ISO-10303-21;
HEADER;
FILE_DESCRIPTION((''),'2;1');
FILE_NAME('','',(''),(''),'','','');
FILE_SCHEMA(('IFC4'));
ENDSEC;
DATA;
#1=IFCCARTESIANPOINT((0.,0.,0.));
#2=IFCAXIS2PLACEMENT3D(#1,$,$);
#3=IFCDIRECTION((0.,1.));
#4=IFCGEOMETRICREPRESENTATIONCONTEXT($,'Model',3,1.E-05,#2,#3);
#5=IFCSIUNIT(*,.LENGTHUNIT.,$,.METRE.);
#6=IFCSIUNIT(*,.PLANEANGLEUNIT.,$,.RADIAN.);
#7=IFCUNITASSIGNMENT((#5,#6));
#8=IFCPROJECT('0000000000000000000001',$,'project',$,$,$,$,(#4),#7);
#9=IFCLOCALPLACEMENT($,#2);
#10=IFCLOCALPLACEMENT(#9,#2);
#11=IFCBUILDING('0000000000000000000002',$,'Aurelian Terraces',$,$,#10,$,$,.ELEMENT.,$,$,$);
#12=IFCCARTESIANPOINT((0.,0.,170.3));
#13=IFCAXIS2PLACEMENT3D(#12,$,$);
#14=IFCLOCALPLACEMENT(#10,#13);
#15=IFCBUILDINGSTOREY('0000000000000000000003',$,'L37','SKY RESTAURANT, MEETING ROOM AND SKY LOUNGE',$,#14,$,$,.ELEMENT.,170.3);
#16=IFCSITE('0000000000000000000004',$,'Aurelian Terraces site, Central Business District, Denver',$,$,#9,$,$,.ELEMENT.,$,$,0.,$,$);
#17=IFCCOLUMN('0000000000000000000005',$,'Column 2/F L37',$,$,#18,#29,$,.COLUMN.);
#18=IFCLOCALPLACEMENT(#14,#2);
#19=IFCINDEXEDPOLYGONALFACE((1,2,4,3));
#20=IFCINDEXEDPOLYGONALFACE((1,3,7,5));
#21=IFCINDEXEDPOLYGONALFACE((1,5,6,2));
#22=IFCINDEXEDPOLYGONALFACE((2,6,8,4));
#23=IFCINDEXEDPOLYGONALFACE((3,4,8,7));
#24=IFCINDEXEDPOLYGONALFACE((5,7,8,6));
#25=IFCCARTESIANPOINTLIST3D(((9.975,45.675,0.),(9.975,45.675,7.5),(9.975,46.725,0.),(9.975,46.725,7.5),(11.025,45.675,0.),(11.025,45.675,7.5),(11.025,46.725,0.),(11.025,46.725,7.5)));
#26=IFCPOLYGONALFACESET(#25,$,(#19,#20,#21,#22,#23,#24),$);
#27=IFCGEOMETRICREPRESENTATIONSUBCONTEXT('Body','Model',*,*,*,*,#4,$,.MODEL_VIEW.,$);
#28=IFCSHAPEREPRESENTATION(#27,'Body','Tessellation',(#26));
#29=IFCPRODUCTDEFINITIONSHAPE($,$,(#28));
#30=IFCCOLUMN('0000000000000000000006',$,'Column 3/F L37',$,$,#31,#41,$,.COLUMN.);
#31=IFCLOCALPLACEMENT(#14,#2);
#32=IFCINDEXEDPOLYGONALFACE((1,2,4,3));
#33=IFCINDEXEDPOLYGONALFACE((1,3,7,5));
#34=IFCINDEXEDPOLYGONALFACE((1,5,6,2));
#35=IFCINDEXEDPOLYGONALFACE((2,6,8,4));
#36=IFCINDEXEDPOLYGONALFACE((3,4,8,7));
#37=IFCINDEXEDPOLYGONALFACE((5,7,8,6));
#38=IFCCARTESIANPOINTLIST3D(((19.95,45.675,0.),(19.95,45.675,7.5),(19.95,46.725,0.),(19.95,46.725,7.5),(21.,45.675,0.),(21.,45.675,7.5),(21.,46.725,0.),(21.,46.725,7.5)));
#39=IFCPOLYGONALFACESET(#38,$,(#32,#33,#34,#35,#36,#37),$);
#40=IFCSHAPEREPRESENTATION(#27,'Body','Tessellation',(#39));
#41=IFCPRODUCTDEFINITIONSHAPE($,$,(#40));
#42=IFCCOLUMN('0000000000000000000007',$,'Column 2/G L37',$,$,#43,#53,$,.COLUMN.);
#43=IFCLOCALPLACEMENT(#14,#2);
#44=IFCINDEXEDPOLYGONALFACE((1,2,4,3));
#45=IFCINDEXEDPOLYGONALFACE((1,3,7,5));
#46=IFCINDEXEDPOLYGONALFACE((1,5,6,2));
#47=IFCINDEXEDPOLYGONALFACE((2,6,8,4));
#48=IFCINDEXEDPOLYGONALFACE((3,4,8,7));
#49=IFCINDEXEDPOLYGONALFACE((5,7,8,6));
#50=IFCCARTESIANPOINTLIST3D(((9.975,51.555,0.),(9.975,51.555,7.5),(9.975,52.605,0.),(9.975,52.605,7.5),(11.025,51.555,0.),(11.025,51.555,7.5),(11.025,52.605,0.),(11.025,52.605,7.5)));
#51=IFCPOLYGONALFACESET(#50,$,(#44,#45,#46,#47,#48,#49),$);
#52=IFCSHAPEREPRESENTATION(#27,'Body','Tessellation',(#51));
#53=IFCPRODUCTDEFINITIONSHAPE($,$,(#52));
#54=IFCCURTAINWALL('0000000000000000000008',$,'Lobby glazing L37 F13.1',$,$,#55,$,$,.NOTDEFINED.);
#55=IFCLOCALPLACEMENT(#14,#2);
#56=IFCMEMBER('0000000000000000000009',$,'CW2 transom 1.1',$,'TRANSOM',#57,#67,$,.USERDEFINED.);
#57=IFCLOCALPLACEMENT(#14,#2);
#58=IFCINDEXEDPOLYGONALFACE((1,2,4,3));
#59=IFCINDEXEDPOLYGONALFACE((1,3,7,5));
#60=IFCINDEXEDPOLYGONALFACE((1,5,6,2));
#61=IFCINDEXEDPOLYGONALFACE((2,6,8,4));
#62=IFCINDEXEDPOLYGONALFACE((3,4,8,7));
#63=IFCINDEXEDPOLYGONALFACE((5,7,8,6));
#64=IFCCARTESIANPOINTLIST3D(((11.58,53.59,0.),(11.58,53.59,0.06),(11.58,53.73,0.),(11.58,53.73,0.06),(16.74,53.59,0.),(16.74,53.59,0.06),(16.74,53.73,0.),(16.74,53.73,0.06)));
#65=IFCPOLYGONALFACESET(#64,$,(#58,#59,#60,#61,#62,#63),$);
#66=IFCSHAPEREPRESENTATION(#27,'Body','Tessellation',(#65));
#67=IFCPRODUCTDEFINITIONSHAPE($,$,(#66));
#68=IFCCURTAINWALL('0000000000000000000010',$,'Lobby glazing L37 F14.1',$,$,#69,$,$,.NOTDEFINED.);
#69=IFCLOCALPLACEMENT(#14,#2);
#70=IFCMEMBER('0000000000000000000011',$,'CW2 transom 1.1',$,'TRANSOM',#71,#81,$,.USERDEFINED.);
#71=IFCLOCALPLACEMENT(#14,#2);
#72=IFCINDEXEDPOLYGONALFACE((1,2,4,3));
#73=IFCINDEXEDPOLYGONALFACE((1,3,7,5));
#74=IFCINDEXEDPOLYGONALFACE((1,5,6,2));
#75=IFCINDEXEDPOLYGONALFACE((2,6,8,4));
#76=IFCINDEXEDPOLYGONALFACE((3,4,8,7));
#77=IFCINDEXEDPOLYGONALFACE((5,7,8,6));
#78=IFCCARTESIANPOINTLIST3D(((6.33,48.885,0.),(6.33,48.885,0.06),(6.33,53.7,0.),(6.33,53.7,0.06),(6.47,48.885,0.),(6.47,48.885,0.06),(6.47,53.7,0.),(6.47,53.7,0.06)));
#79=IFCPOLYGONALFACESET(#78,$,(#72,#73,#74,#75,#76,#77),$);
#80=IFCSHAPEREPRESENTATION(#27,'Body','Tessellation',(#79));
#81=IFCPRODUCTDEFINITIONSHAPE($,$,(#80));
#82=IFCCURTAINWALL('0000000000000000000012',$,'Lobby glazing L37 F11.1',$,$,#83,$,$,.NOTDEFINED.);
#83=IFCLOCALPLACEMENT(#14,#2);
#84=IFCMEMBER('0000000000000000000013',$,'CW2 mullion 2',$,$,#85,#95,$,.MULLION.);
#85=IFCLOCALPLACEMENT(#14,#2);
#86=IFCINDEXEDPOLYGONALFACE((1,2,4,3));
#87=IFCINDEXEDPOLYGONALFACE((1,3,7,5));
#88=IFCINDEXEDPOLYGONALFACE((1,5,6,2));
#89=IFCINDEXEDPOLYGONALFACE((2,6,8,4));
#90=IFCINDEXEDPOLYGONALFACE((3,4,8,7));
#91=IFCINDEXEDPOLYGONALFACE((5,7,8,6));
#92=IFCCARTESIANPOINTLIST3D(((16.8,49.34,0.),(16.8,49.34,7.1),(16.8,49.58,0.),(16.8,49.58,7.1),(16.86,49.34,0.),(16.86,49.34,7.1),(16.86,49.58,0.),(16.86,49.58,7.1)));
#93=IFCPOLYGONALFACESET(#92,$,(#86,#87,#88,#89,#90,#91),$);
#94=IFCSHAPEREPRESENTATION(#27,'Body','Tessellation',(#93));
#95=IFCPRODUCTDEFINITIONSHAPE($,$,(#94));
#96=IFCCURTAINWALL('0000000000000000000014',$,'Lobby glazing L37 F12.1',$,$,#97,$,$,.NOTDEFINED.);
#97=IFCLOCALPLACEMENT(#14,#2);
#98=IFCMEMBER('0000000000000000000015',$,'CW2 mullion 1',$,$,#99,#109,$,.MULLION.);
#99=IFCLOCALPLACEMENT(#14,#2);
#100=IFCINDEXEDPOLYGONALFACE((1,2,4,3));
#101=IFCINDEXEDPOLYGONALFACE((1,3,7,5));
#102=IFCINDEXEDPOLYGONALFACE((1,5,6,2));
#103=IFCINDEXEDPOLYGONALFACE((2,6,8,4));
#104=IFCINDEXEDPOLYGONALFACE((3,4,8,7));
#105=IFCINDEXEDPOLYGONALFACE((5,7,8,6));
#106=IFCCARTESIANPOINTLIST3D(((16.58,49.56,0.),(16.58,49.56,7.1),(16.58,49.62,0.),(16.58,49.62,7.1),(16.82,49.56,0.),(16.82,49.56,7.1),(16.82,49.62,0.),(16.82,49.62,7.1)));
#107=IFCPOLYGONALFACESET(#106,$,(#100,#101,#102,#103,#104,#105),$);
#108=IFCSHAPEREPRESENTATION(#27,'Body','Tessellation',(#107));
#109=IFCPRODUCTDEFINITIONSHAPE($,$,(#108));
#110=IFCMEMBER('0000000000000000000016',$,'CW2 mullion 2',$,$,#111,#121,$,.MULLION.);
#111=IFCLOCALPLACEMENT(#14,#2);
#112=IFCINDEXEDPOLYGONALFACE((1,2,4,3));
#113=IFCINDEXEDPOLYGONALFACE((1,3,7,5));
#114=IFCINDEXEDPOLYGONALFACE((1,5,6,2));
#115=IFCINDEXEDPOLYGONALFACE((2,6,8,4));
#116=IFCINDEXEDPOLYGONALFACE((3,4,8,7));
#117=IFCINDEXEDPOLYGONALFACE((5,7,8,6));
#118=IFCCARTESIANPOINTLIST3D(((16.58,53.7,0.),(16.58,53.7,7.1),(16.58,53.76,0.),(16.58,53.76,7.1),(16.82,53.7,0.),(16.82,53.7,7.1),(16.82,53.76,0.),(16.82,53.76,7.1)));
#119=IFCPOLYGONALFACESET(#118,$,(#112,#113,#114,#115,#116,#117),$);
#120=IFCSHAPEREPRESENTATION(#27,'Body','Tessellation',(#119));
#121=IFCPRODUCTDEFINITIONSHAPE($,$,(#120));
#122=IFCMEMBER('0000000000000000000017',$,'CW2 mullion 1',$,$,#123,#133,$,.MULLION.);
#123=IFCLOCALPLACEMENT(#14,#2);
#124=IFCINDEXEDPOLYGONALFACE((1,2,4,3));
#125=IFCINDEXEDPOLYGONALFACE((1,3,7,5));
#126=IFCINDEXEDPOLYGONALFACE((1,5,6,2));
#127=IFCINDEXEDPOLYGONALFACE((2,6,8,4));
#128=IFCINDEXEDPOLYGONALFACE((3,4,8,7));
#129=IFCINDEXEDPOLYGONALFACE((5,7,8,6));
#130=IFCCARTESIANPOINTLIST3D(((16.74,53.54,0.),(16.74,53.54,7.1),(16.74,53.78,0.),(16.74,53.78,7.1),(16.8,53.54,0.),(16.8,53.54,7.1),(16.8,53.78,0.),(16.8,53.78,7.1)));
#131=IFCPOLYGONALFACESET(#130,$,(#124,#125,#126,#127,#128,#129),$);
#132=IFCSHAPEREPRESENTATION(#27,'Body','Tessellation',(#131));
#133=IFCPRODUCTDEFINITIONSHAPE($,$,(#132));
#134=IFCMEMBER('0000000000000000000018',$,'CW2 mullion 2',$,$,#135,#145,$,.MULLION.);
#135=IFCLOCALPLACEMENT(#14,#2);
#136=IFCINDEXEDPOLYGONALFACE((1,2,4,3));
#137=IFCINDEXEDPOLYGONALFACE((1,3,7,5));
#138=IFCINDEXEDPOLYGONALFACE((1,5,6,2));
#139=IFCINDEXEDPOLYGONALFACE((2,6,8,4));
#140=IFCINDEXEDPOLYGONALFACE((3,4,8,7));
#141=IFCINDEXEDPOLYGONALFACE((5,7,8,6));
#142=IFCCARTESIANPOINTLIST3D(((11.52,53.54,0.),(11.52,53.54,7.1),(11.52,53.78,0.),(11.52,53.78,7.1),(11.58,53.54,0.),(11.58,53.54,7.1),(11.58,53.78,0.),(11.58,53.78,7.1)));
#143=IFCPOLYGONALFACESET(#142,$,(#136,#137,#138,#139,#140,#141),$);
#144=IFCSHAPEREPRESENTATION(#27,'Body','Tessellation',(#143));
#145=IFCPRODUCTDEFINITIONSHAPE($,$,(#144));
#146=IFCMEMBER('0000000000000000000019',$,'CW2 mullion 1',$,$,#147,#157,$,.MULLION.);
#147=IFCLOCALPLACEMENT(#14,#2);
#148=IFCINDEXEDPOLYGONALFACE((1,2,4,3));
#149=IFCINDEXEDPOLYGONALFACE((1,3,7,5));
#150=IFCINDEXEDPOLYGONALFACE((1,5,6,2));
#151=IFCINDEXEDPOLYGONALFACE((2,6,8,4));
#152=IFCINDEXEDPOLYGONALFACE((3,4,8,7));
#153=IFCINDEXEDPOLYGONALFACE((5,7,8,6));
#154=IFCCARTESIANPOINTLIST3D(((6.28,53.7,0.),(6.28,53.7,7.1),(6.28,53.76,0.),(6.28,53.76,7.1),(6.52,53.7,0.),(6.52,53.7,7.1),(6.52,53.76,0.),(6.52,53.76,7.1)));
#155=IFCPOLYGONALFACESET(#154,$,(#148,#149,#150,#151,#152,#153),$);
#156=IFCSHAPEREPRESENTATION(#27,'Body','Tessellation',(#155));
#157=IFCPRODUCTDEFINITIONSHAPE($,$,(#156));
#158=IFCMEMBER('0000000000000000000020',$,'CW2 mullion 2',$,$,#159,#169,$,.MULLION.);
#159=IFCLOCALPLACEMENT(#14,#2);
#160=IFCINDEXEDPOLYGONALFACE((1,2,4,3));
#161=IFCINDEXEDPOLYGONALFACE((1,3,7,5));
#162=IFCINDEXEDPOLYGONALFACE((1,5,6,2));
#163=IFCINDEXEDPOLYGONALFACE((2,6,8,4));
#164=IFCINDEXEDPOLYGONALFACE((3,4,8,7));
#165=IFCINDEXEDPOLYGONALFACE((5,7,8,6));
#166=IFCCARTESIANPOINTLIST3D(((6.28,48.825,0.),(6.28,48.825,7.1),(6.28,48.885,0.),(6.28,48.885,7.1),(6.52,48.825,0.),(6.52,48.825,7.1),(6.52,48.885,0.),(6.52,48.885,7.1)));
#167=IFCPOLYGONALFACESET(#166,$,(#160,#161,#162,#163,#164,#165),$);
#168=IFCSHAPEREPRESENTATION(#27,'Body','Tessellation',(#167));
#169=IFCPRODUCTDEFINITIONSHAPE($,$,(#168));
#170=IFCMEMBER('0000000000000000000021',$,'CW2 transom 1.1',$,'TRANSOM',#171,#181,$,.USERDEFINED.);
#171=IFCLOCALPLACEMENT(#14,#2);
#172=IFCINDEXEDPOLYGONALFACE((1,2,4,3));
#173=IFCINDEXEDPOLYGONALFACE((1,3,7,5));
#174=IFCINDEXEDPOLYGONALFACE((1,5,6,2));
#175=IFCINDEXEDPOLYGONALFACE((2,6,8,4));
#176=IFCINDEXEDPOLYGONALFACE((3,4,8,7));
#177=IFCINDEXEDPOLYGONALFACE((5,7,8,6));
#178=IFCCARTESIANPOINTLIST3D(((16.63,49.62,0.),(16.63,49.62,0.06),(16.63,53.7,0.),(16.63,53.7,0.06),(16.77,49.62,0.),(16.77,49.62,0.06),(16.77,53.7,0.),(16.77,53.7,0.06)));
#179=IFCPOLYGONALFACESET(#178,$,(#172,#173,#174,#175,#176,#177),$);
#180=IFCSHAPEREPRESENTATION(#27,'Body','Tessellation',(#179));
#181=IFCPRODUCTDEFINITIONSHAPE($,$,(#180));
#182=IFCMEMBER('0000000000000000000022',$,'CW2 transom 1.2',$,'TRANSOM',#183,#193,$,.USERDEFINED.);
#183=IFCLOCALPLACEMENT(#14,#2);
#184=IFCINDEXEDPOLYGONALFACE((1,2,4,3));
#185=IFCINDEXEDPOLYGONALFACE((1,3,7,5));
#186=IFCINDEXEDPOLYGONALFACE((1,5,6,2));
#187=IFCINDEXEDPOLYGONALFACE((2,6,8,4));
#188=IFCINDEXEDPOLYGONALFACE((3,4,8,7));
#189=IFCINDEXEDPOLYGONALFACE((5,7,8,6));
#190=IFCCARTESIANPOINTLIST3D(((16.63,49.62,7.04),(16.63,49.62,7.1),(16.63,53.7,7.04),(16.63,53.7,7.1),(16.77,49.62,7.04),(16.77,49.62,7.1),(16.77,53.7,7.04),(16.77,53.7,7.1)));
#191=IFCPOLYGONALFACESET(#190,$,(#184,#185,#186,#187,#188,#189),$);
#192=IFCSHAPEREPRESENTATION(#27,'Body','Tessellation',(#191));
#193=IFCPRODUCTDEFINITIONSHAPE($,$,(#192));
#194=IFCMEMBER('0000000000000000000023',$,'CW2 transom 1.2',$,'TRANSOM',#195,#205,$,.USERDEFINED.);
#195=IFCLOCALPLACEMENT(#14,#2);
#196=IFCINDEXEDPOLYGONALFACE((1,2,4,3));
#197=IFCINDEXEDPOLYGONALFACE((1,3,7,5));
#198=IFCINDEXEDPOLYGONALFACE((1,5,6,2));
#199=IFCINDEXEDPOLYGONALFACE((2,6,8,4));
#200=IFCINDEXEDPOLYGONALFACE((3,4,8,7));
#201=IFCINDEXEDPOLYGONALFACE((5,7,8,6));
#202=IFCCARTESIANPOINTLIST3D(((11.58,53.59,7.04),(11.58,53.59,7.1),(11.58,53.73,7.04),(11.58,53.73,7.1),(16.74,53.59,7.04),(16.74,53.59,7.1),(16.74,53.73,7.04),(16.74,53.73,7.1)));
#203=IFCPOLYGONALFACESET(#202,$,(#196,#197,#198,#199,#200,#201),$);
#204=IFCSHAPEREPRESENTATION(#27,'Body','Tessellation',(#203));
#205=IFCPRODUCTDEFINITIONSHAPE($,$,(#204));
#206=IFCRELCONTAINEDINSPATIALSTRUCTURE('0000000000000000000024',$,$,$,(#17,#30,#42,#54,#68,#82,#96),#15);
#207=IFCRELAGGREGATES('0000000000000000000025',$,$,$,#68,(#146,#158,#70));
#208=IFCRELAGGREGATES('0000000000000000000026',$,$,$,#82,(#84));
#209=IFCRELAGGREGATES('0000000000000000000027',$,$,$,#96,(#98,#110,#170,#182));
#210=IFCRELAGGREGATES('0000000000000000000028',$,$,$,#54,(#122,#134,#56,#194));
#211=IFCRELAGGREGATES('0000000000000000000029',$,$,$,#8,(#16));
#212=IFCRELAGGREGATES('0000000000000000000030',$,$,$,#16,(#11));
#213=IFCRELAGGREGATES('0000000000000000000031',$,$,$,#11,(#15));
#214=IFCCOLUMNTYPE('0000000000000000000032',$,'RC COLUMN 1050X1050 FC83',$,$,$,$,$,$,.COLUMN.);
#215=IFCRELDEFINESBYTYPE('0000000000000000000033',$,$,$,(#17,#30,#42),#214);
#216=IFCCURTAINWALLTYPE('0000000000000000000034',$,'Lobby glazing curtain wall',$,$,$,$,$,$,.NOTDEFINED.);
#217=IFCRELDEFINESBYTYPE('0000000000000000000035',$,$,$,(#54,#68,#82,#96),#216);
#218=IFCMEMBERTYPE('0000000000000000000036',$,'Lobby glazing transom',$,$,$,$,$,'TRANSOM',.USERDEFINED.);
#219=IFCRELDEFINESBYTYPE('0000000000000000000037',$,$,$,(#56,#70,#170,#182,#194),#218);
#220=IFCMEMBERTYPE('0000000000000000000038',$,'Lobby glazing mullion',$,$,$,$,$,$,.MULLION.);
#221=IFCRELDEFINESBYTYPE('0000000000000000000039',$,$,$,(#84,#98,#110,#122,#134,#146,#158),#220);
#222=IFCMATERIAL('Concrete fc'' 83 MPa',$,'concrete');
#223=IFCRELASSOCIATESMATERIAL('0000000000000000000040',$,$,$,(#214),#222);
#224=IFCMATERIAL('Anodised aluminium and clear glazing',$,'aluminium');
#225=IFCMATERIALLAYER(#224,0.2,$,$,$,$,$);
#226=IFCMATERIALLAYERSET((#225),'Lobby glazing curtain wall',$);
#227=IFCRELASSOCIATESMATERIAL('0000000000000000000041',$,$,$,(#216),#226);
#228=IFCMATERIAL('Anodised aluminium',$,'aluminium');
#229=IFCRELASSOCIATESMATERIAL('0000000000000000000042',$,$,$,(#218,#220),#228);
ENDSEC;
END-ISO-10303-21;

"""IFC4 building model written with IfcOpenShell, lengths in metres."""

from ifc_helpers import new_model, si_unit, direction, frame, origin, origin_2d, place, context, subcontext, project, spatial, rectangle, extrude, source, transform, mapped, material, layer, layer_set, material_profile, profile_set, type_object, element, aggregate, save


model = new_model("IFC4")

# Units and contexts
model_context = context("Model", 3, precision=1e-05, world=origin(), true_north=direction((0.0, 1.0)))
body_context = subcontext(model_context, "Body", "Model", "MODEL_VIEW")
ifc_project = project(units=[si_unit("LENGTHUNIT", "METRE"), si_unit("PLANEANGLEUNIT", "RADIAN")], contexts=[model_context])

# Site, building, storey
site_placement = place(None, origin())
site = spatial("IfcSite", under=ifc_project, at=site_placement, Name="Aurelian Terraces site, Central Business District, Denver", CompositionType="ELEMENT", RefElevation=0.0)
building_placement = place(site_placement, origin())
building = spatial("IfcBuilding", under=site, at=building_placement, Name="Aurelian Terraces", CompositionType="ELEMENT")
storey_placement = place(building_placement, frame((0.0, 0.0, 170.3)))
storey = spatial("IfcBuildingStorey", under=building, at=storey_placement, Name="L37", Description="SKY RESTAURANT, MEETING ROOM AND SKY LOUNGE", CompositionType="ELEMENT", Elevation=170.3)

# Columns
ifc_material_1 = material(Name="Concrete fc' 83 MPa", Category="concrete")
ifc_material_profile_1 = material_profile(ifc_material_1, rectangle(XDim=1.05, YDim=1.05, at=origin_2d()))
ifc_profile_set_1 = profile_set([ifc_material_profile_1], Name="Concrete fc' 83 MPa")
column_type = type_object("IfcColumnType", Name="RC COLUMN 1050X1050 FC83", PredefinedType="COLUMN", material=ifc_profile_set_1)
shared_shape_1 = source(origin(), body_context, "Body", "SweptSolid", [
    extrude(rectangle(XDim=1.05, YDim=1.05, at=origin_2d()), origin(), (0.0, 0.0, 1.0), 7.5),
])
for number, where, z_axis, x_axis, name in (
    (1, (10.5, 46.2, 0.0), (0.0, 0.0, 1.0), (1.0, 0.0, 0.0), "Column 2/F L37"),
    (2, (20.475, 46.2, 0.0), (0.0, 0.0, 1.0), (1.0, 0.0, 0.0), "Column 3/F L37"),
    (3, (10.5, 52.08, 0.0), (0.0, 0.0, 1.0), (1.0, 0.0, 0.0), "Column 2/G L37"),
):
    element("IfcColumn", number, at=place(storey_placement, frame(where, z_axis=z_axis, x_axis=x_axis)), inside=storey, type_object=column_type, Name=name, PredefinedType="COLUMN", context=body_context, shape_type="MappedRepresentation", body=[
        mapped(shared_shape_1, transform((0.0, 0.0, 0.0), scale=1.0)),
    ])

# Curtain walls, members
ifc_material_2 = material(Name="Anodised aluminium and clear glazing", Category="aluminium")
ifc_layer_1 = layer(ifc_material_2, 0.2)
ifc_layer_set_1 = layer_set([ifc_layer_1], Name="Lobby glazing curtain wall")
curtain_wall_type = type_object("IfcCurtainWallType", Name="Lobby glazing curtain wall", PredefinedType="NOTDEFINED", material=ifc_layer_set_1)
curtain_wall_1_placement = place(storey_placement, origin())
curtain_wall_1 = element("IfcCurtainWall", 4, at=curtain_wall_1_placement, inside=storey, type_object=curtain_wall_type, Name="Lobby glazing L37 F13.1", PredefinedType="NOTDEFINED")
ifc_material_3 = material(Name="Anodised aluminium", Category="aluminium")
ifc_material_profile_2 = material_profile(ifc_material_3, rectangle(XDim=0.14, YDim=0.06, at=origin_2d()))
ifc_profile_set_2 = profile_set([ifc_material_profile_2], Name="Anodised aluminium")
member_type_1 = type_object("IfcMemberType", Name="Lobby glazing transom", ElementType="TRANSOM", PredefinedType="USERDEFINED", material=ifc_profile_set_2)
member_1_placement = place(storey_placement, frame((16.74, 53.66, 0.03), z_axis=(-1.0, 0.0, 0.0), x_axis=(0.0, -1.0, 0.0)))
member_1 = element("IfcMember", 5, at=member_1_placement, type_object=member_type_1, Name="CW2 transom 1.1", ObjectType="TRANSOM", PredefinedType="USERDEFINED", context=body_context, shape_type="SweptSolid", body=[
    extrude(rectangle(XDim=0.14, YDim=0.06, at=origin_2d()), origin(), (0.0, 0.0, 1.0), 5.16),
])
curtain_wall_2_placement = place(storey_placement, origin())
curtain_wall_2 = element("IfcCurtainWall", 6, at=curtain_wall_2_placement, inside=storey, type_object=curtain_wall_type, Name="Lobby glazing L37 F14.1", PredefinedType="NOTDEFINED")
member_2_placement = place(storey_placement, frame((6.4, 53.7, 0.03), z_axis=(0.0, -1.0, 0.0), x_axis=(1.0, 0.0, 0.0)))
member_2 = element("IfcMember", 7, at=member_2_placement, type_object=member_type_1, Name="CW2 transom 1.1", ObjectType="TRANSOM", PredefinedType="USERDEFINED", context=body_context, shape_type="SweptSolid", body=[
    extrude(rectangle(XDim=0.14, YDim=0.06, at=origin_2d()), origin(), (0.0, 0.0, 1.0), 4.815),
])
curtain_wall_3_placement = place(storey_placement, origin())
curtain_wall_3 = element("IfcCurtainWall", 8, at=curtain_wall_3_placement, inside=storey, type_object=curtain_wall_type, Name="Lobby glazing L37 F11.1", PredefinedType="NOTDEFINED")
ifc_material_profile_3 = material_profile(ifc_material_3, rectangle(XDim=0.24, YDim=0.06, at=origin_2d()))
ifc_profile_set_3 = profile_set([ifc_material_profile_3], Name="Anodised aluminium")
member_type_2 = type_object("IfcMemberType", Name="Lobby glazing mullion", PredefinedType="MULLION", material=ifc_profile_set_3)
shared_shape_2 = source(origin(), body_context, "Body", "SweptSolid", [
    extrude(rectangle(XDim=0.24, YDim=0.06, at=origin_2d()), origin(), (0.0, 0.0, 1.0), 7.1),
])
member_3_placement = place(storey_placement, frame((16.83, 49.46, 0.0), z_axis=(0.0, 0.0, 1.0), x_axis=(0.0, -1.0, 0.0)))
member_3 = element("IfcMember", 9, at=member_3_placement, type_object=member_type_2, Name="CW2 mullion 2", PredefinedType="MULLION", context=body_context, shape_type="MappedRepresentation", body=[
    mapped(shared_shape_2, transform((0.0, 0.0, 0.0), scale=1.0)),
])

# Curtain wall, members
curtain_wall_4_placement = place(storey_placement, origin())
curtain_wall_4 = element("IfcCurtainWall", 10, at=curtain_wall_4_placement, inside=storey, type_object=curtain_wall_type, Name="Lobby glazing L37 F12.1", PredefinedType="NOTDEFINED")
member_4_placement = place(storey_placement, frame((16.7, 49.59, 0.0), z_axis=(0.0, 0.0, 1.0), x_axis=(-1.0, 0.0, 0.0)))
member_4 = element("IfcMember", 11, at=member_4_placement, type_object=member_type_2, Name="CW2 mullion 1", PredefinedType="MULLION", context=body_context, shape_type="MappedRepresentation", body=[
    mapped(shared_shape_2, transform((0.0, 0.0, 0.0), scale=1.0)),
])
member_5_placement = place(storey_placement, frame((16.7, 53.73, 0.0), z_axis=(0.0, 0.0, 1.0), x_axis=(-1.0, 0.0, 0.0)))
member_5 = element("IfcMember", 12, at=member_5_placement, type_object=member_type_2, Name="CW2 mullion 2", PredefinedType="MULLION", context=body_context, shape_type="MappedRepresentation", body=[
    mapped(shared_shape_2, transform((0.0, 0.0, 0.0), scale=1.0)),
])

# Members
member_6_placement = place(storey_placement, frame((16.77, 53.66, 0.0), z_axis=(0.0, 0.0, 1.0), x_axis=(0.0, -1.0, 0.0)))
member_6 = element("IfcMember", 13, at=member_6_placement, type_object=member_type_2, Name="CW2 mullion 1", PredefinedType="MULLION", context=body_context, shape_type="MappedRepresentation", body=[
    mapped(shared_shape_2, transform((0.0, 0.0, 0.0), scale=1.0)),
])
member_7_placement = place(storey_placement, frame((11.55, 53.66, 0.0), z_axis=(0.0, 0.0, 1.0), x_axis=(0.0, -1.0, 0.0)))
member_7 = element("IfcMember", 14, at=member_7_placement, type_object=member_type_2, Name="CW2 mullion 2", PredefinedType="MULLION", context=body_context, shape_type="MappedRepresentation", body=[
    mapped(shared_shape_2, transform((0.0, 0.0, 0.0), scale=1.0)),
])
member_8_placement = place(storey_placement, frame((6.4, 53.73, 0.0), z_axis=(0.0, 0.0, 1.0), x_axis=(1.0, 0.0, 0.0)))
member_8 = element("IfcMember", 15, at=member_8_placement, type_object=member_type_2, Name="CW2 mullion 1", PredefinedType="MULLION", context=body_context, shape_type="MappedRepresentation", body=[
    mapped(shared_shape_2, transform((0.0, 0.0, 0.0), scale=1.0)),
])
member_9_placement = place(storey_placement, frame((6.4, 48.855, 0.0), z_axis=(0.0, 0.0, 1.0), x_axis=(1.0, 0.0, 0.0)))
member_9 = element("IfcMember", 16, at=member_9_placement, type_object=member_type_2, Name="CW2 mullion 2", PredefinedType="MULLION", context=body_context, shape_type="MappedRepresentation", body=[
    mapped(shared_shape_2, transform((0.0, 0.0, 0.0), scale=1.0)),
])
shared_shape_3 = source(origin(), body_context, "Body", "SweptSolid", [
    extrude(rectangle(XDim=0.14, YDim=0.06, at=origin_2d()), origin(), (0.0, 0.0, 1.0), 4.08),
])
member_10_placement = place(storey_placement, frame((16.7, 49.62, 0.03), z_axis=(0.0, 1.0, 0.0), x_axis=(-1.0, 0.0, 0.0)))
member_10 = element("IfcMember", 17, at=member_10_placement, type_object=member_type_1, Name="CW2 transom 1.1", ObjectType="TRANSOM", PredefinedType="USERDEFINED", context=body_context, shape_type="MappedRepresentation", body=[
    mapped(shared_shape_3, transform((0.0, 0.0, 0.0), scale=1.0)),
])
member_11_placement = place(storey_placement, frame((16.7, 49.62, 7.07), z_axis=(0.0, 1.0, 0.0), x_axis=(-1.0, 0.0, 0.0)))
member_11 = element("IfcMember", 18, at=member_11_placement, type_object=member_type_1, Name="CW2 transom 1.2", ObjectType="TRANSOM", PredefinedType="USERDEFINED", context=body_context, shape_type="MappedRepresentation", body=[
    mapped(shared_shape_3, transform((0.0, 0.0, 0.0), scale=1.0)),
])
shared_shape_4 = source(origin(), body_context, "Body", "SweptSolid", [
    extrude(rectangle(XDim=0.14, YDim=0.06, at=origin_2d()), origin(), (0.0, 0.0, 1.0), 5.16),
])
member_12_placement = place(storey_placement, frame((16.74, 53.66, 7.07), z_axis=(-1.0, 0.0, 0.0), x_axis=(0.0, -1.0, 0.0)))
member_12 = element("IfcMember", 19, at=member_12_placement, type_object=member_type_1, Name="CW2 transom 1.2", ObjectType="TRANSOM", PredefinedType="USERDEFINED", context=body_context, shape_type="MappedRepresentation", body=[
    mapped(shared_shape_4, transform((0.0, 0.0, 0.0), scale=1.0)),
])

aggregate(curtain_wall_2, [member_8, member_9, member_2])
aggregate(curtain_wall_3, [member_3])
aggregate(curtain_wall_4, [member_4, member_5, member_10, member_11])
aggregate(curtain_wall_1, [member_6, member_7, member_1, member_12])

save(model, "model.ifc")
